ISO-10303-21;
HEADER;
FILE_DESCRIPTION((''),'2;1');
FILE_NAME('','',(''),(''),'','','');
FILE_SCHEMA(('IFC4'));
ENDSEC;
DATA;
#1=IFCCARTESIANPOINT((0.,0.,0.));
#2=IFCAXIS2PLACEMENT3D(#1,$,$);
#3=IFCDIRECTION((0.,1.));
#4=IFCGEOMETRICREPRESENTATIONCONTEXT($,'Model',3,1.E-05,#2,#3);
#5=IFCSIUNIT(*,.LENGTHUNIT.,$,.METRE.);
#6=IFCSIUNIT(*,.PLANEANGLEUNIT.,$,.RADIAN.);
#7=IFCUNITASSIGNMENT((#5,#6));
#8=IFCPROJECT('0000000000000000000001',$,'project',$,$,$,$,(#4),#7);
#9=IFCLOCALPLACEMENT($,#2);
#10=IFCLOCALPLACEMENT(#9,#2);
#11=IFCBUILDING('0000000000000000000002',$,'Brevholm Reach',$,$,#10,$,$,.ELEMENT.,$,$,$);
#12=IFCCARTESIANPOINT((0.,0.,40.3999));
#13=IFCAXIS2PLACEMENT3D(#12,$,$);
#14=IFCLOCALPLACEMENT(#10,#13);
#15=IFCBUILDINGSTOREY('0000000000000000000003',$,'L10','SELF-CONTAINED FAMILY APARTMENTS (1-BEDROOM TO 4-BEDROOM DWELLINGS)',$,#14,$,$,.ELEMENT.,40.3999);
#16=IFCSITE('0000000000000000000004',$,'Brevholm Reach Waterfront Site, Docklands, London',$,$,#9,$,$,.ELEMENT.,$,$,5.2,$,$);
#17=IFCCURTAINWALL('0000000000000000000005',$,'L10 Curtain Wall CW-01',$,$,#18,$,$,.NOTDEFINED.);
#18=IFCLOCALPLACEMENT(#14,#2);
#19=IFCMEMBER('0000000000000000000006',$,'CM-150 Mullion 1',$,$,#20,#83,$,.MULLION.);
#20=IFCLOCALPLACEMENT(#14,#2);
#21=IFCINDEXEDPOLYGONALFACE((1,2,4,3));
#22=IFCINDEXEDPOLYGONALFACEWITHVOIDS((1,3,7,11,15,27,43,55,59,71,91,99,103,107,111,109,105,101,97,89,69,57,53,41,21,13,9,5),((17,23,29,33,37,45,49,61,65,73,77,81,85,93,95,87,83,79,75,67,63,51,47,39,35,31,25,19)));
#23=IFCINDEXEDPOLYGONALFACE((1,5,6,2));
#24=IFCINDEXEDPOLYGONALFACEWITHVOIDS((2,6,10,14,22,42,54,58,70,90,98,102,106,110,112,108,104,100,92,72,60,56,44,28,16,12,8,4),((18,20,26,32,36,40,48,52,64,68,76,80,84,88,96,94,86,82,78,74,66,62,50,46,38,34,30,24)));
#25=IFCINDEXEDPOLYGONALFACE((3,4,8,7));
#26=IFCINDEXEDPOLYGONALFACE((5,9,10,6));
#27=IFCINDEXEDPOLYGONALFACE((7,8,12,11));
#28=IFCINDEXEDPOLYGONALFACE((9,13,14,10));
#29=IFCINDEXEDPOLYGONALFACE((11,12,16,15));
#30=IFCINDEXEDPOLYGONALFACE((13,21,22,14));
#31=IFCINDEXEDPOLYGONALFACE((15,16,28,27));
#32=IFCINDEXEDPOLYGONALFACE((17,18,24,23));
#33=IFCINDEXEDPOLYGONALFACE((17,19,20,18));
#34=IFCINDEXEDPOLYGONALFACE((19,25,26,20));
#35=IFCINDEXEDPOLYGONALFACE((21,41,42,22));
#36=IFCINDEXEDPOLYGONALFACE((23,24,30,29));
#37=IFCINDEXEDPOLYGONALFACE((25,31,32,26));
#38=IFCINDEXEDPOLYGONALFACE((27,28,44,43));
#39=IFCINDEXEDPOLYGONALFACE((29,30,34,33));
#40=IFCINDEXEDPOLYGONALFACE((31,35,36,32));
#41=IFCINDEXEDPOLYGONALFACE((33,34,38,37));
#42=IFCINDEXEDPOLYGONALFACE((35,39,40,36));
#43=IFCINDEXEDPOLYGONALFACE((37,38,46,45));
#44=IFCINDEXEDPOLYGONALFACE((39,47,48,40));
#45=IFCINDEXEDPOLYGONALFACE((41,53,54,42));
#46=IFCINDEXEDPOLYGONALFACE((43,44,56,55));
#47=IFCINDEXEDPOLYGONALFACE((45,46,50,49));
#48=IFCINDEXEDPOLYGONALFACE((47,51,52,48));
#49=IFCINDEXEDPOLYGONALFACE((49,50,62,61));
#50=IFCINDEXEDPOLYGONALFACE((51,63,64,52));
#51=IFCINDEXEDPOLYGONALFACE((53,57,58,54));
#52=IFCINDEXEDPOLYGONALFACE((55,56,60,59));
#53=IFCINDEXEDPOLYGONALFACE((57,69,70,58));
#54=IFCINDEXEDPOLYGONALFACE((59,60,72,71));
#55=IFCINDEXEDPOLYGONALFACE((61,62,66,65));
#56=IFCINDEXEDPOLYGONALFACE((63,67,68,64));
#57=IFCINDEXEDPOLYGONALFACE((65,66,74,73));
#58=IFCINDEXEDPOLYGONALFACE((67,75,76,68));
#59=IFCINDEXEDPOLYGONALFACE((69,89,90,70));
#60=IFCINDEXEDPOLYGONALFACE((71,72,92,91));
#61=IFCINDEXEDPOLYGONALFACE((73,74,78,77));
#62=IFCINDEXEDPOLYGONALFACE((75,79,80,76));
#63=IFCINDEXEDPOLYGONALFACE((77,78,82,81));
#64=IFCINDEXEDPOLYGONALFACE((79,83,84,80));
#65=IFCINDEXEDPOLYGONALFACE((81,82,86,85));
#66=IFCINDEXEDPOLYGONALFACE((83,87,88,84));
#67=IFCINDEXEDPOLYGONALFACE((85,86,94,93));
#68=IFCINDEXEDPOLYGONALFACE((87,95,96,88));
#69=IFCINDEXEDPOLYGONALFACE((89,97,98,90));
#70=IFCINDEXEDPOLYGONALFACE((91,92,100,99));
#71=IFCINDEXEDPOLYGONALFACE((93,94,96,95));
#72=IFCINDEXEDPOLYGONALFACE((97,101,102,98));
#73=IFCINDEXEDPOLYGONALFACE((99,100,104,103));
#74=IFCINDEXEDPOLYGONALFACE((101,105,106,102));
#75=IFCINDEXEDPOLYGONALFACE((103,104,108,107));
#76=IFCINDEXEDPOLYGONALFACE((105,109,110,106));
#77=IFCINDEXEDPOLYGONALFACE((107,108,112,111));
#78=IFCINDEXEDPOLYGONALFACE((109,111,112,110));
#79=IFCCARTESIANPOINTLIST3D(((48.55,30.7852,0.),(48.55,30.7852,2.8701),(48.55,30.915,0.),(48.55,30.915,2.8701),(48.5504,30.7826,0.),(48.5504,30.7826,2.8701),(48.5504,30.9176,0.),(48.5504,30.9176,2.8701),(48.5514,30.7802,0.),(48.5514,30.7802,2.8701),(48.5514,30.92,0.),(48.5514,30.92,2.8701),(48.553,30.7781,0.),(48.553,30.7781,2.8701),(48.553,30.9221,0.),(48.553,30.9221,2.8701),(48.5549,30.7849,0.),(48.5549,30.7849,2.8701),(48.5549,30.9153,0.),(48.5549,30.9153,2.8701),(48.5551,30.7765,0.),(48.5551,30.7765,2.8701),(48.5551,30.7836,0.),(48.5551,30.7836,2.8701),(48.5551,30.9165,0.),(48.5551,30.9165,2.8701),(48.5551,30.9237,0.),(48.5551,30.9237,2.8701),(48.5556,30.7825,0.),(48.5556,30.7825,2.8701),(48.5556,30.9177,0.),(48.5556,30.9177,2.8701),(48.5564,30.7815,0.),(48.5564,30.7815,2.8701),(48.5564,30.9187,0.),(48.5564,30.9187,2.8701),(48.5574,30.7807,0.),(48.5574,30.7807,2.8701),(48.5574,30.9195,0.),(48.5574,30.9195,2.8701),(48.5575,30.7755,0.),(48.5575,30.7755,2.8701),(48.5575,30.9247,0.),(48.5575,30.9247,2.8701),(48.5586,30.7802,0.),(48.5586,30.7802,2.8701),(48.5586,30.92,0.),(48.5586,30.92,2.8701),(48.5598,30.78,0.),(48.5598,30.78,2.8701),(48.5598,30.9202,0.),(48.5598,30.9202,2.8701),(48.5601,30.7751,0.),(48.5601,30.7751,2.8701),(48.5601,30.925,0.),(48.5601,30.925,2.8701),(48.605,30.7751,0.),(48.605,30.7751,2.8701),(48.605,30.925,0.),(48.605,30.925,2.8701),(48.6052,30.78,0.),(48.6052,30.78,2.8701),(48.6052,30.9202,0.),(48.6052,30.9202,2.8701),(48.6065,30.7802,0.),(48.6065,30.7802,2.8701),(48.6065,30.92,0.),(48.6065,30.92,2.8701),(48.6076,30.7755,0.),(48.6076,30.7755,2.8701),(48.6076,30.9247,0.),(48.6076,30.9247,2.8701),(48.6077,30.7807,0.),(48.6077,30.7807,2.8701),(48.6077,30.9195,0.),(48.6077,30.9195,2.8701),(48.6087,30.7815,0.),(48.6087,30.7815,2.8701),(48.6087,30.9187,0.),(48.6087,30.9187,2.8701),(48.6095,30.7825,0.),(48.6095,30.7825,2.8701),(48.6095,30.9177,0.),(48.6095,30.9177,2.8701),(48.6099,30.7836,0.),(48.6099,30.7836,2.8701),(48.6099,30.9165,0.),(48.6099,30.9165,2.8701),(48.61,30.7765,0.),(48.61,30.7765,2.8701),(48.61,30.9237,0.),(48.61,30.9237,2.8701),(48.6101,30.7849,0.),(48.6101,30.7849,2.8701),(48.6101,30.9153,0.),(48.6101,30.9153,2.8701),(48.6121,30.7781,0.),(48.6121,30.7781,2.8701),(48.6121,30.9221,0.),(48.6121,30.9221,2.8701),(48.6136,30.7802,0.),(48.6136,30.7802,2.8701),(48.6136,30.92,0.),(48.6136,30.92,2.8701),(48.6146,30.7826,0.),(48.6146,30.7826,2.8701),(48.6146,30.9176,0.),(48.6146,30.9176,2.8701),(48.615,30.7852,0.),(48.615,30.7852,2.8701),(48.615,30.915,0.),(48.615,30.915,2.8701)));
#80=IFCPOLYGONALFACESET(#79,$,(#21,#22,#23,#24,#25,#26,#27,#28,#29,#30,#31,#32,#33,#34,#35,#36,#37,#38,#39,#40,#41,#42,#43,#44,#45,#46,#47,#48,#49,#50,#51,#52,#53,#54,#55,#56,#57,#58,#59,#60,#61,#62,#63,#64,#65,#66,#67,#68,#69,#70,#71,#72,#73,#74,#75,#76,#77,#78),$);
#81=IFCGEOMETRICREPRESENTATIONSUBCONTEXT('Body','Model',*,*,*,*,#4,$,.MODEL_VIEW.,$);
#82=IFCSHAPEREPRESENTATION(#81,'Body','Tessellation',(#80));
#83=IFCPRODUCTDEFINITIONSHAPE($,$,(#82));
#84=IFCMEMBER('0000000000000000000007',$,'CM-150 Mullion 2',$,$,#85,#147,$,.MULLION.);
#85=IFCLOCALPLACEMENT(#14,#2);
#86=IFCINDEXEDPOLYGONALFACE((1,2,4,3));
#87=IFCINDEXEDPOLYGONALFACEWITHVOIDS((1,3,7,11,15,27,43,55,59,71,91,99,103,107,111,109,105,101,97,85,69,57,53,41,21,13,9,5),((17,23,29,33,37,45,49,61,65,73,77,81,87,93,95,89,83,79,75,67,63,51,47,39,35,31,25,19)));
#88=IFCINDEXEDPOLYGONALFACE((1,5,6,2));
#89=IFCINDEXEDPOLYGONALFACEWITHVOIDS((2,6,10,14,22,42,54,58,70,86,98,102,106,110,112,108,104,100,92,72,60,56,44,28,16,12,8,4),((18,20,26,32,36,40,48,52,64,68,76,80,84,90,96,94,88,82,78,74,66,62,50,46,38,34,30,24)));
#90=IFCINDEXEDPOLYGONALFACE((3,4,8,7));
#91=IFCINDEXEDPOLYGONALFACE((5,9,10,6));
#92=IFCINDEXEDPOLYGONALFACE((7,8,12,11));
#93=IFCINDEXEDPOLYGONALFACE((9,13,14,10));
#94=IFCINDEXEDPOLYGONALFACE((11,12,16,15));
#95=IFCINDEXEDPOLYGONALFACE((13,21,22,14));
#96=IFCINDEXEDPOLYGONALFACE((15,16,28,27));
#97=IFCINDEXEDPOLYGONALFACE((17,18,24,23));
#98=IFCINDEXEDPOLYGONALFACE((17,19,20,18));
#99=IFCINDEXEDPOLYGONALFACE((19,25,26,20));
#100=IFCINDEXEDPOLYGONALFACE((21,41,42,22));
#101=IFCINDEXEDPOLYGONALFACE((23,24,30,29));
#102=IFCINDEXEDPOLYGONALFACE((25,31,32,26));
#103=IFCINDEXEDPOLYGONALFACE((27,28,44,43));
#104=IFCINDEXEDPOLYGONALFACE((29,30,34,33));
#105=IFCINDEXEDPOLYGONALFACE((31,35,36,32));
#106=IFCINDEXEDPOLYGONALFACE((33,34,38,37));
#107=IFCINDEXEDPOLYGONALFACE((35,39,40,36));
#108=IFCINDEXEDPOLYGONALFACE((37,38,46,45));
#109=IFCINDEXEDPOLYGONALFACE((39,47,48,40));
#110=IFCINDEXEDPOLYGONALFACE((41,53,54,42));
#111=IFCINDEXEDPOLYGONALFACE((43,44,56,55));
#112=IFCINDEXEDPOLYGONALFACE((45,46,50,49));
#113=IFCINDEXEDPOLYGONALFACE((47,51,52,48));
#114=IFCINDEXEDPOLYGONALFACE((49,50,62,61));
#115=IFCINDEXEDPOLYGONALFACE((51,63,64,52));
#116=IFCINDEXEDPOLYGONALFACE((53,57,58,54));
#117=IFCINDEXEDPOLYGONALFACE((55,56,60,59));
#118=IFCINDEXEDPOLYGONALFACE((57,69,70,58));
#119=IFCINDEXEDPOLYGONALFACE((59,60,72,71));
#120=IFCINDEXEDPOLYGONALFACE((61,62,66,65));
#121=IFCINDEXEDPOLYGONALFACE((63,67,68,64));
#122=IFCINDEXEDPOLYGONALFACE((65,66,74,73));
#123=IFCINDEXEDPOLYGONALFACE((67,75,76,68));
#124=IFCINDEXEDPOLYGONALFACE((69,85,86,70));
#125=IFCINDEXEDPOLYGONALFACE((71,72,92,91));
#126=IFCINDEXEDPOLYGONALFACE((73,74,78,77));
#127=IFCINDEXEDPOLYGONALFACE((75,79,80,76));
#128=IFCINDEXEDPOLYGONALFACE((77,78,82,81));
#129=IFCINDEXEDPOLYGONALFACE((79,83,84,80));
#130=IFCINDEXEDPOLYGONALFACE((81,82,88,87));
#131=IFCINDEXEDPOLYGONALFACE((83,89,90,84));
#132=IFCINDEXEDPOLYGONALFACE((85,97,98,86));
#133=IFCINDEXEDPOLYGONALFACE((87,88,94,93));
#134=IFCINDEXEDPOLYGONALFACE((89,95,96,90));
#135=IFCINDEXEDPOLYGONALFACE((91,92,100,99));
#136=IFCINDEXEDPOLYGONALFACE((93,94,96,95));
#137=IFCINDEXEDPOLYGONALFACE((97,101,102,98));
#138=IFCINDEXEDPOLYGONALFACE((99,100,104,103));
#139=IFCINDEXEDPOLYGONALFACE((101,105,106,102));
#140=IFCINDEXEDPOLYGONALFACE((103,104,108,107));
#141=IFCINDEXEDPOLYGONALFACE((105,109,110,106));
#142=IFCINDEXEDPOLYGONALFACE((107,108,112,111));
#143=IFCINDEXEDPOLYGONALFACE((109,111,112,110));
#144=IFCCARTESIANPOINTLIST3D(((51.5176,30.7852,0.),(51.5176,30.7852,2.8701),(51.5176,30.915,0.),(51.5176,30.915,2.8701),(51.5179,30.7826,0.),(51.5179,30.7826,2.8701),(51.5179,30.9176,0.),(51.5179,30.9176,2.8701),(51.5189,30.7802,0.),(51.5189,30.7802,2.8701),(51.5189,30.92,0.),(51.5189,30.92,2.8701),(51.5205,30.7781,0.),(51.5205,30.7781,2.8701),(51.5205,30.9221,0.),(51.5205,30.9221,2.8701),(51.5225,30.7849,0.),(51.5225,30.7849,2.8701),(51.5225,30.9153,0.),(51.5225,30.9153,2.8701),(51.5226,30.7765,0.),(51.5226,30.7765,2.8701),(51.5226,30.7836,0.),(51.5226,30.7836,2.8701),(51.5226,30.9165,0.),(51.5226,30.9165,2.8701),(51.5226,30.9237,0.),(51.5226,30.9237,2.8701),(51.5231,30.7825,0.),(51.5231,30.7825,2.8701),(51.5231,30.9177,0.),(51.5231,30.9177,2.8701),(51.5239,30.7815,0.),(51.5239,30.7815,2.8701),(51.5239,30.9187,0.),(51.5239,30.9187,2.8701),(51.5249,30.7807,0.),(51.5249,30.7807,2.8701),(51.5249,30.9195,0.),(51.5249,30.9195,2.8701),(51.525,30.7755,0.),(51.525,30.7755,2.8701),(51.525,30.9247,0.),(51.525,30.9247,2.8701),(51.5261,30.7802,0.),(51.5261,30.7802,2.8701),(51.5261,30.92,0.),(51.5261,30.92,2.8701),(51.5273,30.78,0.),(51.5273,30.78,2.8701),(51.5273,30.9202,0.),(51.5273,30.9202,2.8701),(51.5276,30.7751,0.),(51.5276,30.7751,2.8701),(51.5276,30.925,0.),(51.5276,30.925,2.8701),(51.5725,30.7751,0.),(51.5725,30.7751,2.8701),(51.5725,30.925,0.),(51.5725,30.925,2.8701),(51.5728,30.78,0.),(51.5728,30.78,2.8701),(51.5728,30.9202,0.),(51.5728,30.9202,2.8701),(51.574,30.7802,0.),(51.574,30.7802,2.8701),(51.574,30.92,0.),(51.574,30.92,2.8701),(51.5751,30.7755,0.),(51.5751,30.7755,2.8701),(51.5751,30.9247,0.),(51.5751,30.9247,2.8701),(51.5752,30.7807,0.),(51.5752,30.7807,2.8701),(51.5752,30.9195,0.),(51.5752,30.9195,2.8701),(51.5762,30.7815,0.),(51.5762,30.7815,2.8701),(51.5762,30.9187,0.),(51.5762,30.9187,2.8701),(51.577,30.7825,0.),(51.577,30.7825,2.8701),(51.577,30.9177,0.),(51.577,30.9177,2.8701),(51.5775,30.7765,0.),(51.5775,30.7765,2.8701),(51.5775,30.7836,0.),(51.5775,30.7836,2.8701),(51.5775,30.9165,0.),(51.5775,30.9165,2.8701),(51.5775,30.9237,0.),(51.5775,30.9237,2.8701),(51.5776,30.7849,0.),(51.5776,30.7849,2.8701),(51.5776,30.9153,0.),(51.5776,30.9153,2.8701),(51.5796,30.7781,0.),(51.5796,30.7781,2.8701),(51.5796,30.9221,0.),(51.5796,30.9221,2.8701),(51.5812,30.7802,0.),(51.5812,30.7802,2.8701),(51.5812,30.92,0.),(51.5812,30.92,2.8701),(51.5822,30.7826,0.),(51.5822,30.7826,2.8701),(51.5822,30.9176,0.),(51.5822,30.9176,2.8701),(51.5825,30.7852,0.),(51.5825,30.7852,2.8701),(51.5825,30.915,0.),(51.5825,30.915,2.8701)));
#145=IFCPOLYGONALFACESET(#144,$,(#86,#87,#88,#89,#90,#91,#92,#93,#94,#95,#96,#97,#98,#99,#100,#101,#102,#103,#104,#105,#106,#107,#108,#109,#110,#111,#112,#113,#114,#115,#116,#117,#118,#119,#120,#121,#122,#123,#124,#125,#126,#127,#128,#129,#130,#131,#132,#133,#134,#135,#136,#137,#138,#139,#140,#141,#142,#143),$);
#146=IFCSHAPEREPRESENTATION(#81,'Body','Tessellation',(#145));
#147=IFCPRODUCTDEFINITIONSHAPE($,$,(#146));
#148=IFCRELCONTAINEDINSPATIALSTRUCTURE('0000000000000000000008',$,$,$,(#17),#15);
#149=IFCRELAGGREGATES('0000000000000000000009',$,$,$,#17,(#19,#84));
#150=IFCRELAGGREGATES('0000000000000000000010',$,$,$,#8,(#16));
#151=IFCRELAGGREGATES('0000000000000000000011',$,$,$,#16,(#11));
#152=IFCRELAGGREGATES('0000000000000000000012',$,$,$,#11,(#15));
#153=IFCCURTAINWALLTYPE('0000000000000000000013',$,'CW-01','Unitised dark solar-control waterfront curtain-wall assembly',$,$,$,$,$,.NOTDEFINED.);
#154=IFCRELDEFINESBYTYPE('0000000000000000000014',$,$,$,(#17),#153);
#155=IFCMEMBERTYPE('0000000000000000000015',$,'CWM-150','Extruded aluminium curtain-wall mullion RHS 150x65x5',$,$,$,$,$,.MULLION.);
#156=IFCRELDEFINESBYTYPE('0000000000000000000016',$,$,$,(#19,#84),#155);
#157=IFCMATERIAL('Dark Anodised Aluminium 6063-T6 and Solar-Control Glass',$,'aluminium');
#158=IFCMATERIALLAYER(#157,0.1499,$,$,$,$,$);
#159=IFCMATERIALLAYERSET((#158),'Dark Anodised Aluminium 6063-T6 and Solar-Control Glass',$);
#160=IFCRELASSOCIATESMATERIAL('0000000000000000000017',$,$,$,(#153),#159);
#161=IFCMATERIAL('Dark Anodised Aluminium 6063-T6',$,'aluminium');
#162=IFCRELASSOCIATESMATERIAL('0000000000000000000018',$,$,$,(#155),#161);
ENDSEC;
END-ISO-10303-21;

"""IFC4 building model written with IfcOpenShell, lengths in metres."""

from ifc_helpers import new_model, si_unit, direction, frame, origin, origin_2d, place, context, subcontext, project, spatial, hollow_rectangle, extrude, material, layer, layer_set, material_profile, profile_set, type_object, element, aggregate, save


model = new_model("IFC4")

# Units and contexts
model_context = context("Model", 3, precision=1e-05, world=origin(), true_north=direction((0.0, 1.0)))
body_context = subcontext(model_context, "Body", "Model", "MODEL_VIEW")
ifc_project = project(units=[si_unit("LENGTHUNIT", "METRE"), si_unit("PLANEANGLEUNIT", "RADIAN")], contexts=[model_context])

# Site, building, storey
site_placement = place(None, origin())
site = spatial("IfcSite", under=ifc_project, at=site_placement, Name="Brevholm Reach Waterfront Site, Docklands, London", CompositionType="ELEMENT", RefElevation=5.2)
building_placement = place(site_placement, origin())
building = spatial("IfcBuilding", under=site, at=building_placement, Name="Brevholm Reach", CompositionType="ELEMENT")
storey_placement = place(building_placement, frame((0.0, 0.0, 40.3999)))
storey = spatial("IfcBuildingStorey", under=building, at=storey_placement, Name="L10", Description="SELF-CONTAINED FAMILY APARTMENTS (1-BEDROOM TO 4-BEDROOM DWELLINGS)", CompositionType="ELEMENT", Elevation=40.3999)

# Curtain wall, members
ifc_material_1 = material(Name="Dark Anodised Aluminium 6063-T6 and Solar-Control Glass", Category="aluminium")
ifc_layer_1 = layer(ifc_material_1, 0.1499)
ifc_layer_set_1 = layer_set([ifc_layer_1], Name="Dark Anodised Aluminium 6063-T6 and Solar-Control Glass")
curtain_wall_type = type_object("IfcCurtainWallType", Name="CW-01", Description="Unitised dark solar-control waterfront curtain-wall assembly", PredefinedType="NOTDEFINED", material=ifc_layer_set_1)
curtain_wall_placement = place(storey_placement, origin())
curtain_wall = element("IfcCurtainWall", 1, at=curtain_wall_placement, inside=storey, type_object=curtain_wall_type, Name="L10 Curtain Wall CW-01", PredefinedType="NOTDEFINED")
ifc_material_2 = material(Name="Dark Anodised Aluminium 6063-T6", Category="aluminium")
ifc_material_profile_1 = material_profile(ifc_material_2, hollow_rectangle(XDim=0.0649, YDim=0.1499, WallThickness=0.0049, InnerFilletRadius=0.0049, OuterFilletRadius=0.01, at=origin_2d()), Name="RHS 150x65x5")
ifc_profile_set_1 = profile_set([ifc_material_profile_1], Name="Dark Anodised Aluminium 6063-T6")
member_type_1 = type_object("IfcMemberType", Name="CWM-150", Description="Extruded aluminium curtain-wall mullion RHS 150x65x5", PredefinedType="MULLION", material=ifc_profile_set_1)
member_1_placement = place(storey_placement, frame((48.5825, 30.8501, 0.0), z_axis=(0.0, 0.0, 1.0), x_axis=(1.0, 0.0, 0.0)))
member_1 = element("IfcMember", 2, at=member_1_placement, type_object=member_type_1, Name="CM-150 Mullion 1", PredefinedType="MULLION", context=body_context, shape_type="SweptSolid", body=[
    extrude(hollow_rectangle(XDim=0.0649, YDim=0.1499, WallThickness=0.0049, InnerFilletRadius=0.0049, OuterFilletRadius=0.01, at=origin_2d()), origin(), (0.0, 0.0, 1.0), 2.8701),
])
member_2_placement = place(storey_placement, frame((51.55, 30.8501, 0.0), z_axis=(0.0, 0.0, 1.0), x_axis=(1.0, 0.0, 0.0)))
member_2 = element("IfcMember", 3, at=member_2_placement, type_object=member_type_1, Name="CM-150 Mullion 2", PredefinedType="MULLION", context=body_context, shape_type="SweptSolid", body=[
    extrude(hollow_rectangle(XDim=0.0649, YDim=0.1499, WallThickness=0.0049, InnerFilletRadius=0.0049, OuterFilletRadius=0.01, at=origin_2d()), origin(), (0.0, 0.0, 1.0), 2.8701),
])
aggregate(curtain_wall, [member_1, member_2])

save(model, "model.ifc")
